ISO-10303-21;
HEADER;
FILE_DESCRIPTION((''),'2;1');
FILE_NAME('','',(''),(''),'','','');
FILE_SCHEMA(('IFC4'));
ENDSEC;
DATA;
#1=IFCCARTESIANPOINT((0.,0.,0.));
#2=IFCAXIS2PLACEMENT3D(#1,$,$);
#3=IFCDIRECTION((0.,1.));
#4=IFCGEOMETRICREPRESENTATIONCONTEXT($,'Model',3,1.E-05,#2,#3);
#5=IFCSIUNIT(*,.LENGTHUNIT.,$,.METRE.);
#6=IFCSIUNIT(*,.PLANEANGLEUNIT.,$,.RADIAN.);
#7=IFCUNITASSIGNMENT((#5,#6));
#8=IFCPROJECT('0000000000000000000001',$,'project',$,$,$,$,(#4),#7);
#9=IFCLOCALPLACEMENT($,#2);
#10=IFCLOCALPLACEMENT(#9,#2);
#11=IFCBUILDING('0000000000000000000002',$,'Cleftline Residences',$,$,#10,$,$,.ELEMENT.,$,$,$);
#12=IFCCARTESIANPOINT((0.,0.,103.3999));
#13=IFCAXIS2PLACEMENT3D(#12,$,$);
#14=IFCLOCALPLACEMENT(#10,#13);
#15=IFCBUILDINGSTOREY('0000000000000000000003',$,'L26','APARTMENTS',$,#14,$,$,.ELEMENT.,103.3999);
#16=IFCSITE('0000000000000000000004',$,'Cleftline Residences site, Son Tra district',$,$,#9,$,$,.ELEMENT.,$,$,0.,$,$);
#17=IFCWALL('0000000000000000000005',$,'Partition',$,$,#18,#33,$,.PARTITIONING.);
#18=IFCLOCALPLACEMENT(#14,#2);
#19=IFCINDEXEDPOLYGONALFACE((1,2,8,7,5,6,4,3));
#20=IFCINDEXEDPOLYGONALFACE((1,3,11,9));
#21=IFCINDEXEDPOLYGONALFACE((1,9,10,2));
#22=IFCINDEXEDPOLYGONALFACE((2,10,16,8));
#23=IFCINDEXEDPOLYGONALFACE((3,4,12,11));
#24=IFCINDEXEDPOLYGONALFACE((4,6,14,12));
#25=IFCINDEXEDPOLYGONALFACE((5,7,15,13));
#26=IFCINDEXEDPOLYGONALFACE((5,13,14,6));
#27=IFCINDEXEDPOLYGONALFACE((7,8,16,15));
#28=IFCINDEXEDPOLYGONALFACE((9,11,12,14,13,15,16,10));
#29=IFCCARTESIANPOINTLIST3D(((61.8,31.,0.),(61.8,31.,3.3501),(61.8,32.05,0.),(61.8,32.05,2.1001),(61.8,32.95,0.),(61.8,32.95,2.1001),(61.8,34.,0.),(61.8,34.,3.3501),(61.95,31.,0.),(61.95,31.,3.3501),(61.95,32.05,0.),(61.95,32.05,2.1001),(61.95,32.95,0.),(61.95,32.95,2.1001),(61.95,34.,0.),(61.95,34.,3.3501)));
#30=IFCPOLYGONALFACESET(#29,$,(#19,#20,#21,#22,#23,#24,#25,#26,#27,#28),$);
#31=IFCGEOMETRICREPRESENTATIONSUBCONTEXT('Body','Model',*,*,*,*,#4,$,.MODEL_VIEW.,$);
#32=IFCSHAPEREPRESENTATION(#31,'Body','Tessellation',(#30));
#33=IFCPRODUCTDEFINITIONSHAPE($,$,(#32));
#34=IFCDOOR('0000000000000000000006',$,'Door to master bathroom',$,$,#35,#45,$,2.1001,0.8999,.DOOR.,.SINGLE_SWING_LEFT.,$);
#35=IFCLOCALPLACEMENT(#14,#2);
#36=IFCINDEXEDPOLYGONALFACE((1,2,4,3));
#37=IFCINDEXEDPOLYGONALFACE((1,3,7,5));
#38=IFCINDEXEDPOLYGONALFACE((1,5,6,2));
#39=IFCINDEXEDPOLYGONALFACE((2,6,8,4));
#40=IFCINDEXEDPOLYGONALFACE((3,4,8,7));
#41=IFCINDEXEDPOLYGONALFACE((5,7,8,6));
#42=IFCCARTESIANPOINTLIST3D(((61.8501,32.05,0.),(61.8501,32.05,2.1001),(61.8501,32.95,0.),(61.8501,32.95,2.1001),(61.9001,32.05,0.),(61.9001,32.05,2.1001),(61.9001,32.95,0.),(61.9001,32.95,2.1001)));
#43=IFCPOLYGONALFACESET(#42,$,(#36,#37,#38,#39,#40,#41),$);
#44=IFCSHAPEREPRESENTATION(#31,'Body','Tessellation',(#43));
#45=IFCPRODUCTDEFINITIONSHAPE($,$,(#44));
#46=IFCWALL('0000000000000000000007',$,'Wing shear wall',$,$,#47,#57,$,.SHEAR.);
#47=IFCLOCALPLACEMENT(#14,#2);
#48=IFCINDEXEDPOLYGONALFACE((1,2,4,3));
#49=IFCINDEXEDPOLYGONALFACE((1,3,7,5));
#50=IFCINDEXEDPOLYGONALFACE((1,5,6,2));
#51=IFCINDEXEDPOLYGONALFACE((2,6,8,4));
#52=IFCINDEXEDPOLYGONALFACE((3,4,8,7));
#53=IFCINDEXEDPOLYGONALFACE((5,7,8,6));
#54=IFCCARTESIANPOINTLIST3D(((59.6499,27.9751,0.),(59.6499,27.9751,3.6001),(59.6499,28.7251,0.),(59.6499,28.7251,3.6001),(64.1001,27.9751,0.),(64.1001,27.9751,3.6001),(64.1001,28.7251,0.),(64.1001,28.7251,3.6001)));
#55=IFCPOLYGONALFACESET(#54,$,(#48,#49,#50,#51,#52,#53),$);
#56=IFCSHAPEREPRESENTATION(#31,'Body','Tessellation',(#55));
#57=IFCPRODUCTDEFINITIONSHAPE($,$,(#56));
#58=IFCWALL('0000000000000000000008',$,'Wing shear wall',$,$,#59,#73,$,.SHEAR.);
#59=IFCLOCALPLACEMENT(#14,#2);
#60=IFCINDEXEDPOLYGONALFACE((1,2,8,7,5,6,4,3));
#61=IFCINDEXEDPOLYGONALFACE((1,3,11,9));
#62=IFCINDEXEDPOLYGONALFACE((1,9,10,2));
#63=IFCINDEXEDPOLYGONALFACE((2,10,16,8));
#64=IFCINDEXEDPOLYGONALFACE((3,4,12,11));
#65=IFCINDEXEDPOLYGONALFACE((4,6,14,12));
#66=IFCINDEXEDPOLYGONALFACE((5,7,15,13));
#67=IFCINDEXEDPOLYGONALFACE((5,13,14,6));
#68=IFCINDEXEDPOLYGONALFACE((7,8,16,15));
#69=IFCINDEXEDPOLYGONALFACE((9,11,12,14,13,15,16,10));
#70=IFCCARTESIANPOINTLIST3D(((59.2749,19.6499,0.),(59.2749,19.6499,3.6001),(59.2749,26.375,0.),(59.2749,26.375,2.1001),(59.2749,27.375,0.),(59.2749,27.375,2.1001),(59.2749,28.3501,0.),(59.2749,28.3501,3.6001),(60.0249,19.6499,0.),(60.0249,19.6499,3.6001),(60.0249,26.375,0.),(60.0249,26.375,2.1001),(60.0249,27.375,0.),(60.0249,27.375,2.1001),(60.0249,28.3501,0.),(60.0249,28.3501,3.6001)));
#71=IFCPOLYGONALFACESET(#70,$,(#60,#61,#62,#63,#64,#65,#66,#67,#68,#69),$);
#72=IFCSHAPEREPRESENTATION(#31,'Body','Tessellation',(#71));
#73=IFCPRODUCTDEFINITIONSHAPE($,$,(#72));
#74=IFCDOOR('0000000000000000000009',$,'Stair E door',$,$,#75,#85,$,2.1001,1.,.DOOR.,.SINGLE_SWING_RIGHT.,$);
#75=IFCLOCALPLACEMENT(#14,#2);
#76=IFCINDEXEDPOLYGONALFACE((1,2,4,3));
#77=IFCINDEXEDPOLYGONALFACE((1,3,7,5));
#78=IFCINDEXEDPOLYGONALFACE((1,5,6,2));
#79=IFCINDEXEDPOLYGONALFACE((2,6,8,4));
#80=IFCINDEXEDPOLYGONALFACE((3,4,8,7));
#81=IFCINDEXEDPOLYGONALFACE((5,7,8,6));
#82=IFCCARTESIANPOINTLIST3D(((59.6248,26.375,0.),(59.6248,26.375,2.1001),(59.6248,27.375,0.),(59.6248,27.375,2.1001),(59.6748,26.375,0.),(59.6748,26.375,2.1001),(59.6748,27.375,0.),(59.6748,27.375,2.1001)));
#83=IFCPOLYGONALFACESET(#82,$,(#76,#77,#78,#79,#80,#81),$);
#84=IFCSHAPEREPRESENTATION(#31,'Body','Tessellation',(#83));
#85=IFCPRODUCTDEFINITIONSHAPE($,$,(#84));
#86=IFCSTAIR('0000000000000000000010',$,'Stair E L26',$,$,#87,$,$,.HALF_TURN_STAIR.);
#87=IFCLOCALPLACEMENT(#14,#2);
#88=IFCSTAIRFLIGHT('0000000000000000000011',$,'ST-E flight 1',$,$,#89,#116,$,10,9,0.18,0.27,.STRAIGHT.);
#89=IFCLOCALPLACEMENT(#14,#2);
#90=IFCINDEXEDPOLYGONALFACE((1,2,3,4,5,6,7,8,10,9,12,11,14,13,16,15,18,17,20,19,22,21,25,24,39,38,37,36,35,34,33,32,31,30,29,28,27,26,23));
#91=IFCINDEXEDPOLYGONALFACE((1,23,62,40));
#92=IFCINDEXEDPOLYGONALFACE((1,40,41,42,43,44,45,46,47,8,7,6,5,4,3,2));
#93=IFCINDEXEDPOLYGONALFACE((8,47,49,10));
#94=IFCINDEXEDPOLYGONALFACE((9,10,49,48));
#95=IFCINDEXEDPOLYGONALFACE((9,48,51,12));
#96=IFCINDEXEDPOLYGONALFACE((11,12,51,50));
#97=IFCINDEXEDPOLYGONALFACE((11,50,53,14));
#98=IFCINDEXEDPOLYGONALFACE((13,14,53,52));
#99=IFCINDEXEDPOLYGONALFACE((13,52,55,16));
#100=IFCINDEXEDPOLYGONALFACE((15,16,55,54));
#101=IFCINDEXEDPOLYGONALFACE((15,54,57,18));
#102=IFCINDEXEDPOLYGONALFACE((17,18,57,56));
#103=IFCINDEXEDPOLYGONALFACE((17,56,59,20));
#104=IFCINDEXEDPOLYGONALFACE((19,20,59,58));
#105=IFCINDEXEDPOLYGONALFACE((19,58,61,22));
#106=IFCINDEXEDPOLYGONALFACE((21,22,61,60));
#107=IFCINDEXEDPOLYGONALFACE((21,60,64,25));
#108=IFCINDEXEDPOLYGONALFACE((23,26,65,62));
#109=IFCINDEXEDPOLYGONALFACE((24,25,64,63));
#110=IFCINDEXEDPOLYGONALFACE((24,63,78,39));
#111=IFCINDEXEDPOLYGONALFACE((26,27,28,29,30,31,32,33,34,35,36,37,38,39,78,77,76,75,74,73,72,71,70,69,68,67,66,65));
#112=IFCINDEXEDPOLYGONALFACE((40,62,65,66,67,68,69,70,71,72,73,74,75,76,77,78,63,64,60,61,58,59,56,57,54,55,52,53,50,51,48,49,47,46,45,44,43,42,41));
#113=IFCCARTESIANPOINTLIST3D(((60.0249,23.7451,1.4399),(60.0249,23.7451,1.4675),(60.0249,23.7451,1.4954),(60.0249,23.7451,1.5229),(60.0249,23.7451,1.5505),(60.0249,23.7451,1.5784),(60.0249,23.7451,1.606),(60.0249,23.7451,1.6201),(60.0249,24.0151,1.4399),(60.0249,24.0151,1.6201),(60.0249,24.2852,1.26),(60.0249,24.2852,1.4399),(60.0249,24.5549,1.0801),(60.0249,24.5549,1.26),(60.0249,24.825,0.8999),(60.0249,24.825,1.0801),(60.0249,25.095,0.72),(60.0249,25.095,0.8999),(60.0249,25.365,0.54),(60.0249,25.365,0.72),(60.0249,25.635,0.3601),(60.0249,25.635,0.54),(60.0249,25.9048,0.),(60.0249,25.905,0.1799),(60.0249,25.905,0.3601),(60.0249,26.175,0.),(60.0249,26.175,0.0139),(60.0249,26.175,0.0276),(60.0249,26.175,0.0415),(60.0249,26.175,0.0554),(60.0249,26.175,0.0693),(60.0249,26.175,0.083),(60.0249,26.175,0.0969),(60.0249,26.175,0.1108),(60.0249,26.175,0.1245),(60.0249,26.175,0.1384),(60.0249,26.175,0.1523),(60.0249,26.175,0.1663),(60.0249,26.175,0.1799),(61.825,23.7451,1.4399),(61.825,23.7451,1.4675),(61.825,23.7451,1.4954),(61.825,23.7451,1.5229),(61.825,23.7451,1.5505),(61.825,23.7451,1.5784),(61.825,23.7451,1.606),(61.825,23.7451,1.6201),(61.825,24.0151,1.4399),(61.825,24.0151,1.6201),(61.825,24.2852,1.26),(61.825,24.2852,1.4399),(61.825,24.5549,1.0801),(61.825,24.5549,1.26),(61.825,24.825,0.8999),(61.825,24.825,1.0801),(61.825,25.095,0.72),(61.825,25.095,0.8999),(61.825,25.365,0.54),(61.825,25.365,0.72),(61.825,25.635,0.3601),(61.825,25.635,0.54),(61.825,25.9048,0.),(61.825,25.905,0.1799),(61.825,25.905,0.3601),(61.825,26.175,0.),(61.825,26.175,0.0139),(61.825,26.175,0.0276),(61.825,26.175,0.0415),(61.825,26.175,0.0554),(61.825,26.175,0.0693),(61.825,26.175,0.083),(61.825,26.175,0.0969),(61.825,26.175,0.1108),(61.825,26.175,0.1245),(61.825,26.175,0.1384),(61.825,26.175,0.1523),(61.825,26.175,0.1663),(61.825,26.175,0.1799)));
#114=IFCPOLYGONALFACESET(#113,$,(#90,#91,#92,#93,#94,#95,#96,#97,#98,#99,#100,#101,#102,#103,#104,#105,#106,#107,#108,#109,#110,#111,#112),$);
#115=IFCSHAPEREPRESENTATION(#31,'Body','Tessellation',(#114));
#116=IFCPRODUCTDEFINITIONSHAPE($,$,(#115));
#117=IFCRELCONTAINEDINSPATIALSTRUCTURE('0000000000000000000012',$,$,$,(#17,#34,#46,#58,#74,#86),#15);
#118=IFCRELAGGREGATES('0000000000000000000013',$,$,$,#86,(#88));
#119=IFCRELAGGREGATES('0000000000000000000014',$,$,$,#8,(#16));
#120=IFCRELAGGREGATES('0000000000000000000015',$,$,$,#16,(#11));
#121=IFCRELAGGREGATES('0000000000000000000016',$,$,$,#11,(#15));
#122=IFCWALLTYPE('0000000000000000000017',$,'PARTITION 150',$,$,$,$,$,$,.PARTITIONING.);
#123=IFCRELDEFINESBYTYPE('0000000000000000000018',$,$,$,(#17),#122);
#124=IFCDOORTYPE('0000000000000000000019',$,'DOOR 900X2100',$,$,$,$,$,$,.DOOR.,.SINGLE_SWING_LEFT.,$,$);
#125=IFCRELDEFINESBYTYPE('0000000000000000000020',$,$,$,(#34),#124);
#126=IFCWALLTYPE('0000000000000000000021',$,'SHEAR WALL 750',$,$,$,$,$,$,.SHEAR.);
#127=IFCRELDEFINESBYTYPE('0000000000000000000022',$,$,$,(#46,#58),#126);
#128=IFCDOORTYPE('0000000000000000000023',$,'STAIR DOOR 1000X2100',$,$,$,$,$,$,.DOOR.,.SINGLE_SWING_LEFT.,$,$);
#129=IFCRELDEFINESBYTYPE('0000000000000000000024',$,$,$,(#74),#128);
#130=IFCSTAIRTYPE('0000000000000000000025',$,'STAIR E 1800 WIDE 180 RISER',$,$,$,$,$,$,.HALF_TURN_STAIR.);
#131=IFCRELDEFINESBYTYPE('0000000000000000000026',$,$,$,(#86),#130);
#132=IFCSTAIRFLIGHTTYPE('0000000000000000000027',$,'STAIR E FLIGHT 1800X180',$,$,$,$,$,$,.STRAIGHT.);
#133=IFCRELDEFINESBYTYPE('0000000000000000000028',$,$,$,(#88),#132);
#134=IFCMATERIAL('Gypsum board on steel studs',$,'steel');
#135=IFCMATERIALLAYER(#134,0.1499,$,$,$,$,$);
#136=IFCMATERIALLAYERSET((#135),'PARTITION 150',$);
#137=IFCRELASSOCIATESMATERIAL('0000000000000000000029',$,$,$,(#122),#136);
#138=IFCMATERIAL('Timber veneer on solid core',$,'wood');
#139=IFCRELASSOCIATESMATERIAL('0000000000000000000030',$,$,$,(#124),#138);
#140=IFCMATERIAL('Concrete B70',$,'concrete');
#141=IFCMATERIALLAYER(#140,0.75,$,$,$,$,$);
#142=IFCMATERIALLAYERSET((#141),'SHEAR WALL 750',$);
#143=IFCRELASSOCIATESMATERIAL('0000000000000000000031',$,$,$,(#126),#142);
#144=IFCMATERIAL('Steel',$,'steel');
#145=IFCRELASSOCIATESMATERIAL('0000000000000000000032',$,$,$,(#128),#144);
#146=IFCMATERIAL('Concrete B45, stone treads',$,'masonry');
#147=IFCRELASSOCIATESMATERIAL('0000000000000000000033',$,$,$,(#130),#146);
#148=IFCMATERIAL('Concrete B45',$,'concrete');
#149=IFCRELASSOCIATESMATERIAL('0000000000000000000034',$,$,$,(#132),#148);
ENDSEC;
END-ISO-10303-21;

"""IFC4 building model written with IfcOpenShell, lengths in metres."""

from ifc_helpers import new_model, si_unit, direction, frame, frame_2d, origin, place, context, subcontext, project, spatial, polyline, rectangle, outline, extrude, material, layer, layer_set, type_object, element, fill, aggregate, save


model = new_model("IFC4")

# Units and contexts
model_context = context("Model", 3, precision=1e-05, world=origin(), true_north=direction((0.0, 1.0)))
body_context = subcontext(model_context, "Body", "Model", "MODEL_VIEW")
ifc_project = project(units=[si_unit("LENGTHUNIT", "METRE"), si_unit("PLANEANGLEUNIT", "RADIAN")], contexts=[model_context])

# Site, building, storey
site_placement = place(None, origin())
site = spatial("IfcSite", under=ifc_project, at=site_placement, Name="Cleftline Residences site, Son Tra district", CompositionType="ELEMENT", RefElevation=0.0)
building_placement = place(site_placement, origin())
building = spatial("IfcBuilding", under=site, at=building_placement, Name="Cleftline Residences", CompositionType="ELEMENT")
storey_placement = place(building_placement, frame((0.0, 0.0, 103.3999)))
storey = spatial("IfcBuildingStorey", under=building, at=storey_placement, Name="L26", Description="APARTMENTS", CompositionType="ELEMENT", Elevation=103.3999)

# Shared definitions
ifc_material_1 = material(Name="Gypsum board on steel studs", Category="steel")
ifc_layer_1 = layer(ifc_material_1, 0.1499)
ifc_layer_set_1 = layer_set([ifc_layer_1], Name="PARTITION 150")
wall_type_1 = type_object("IfcWallType", Name="PARTITION 150", PredefinedType="PARTITIONING", material=ifc_layer_set_1)
ifc_material_2 = material(Name="Timber veneer on solid core", Category="wood")
door_type_1 = type_object("IfcDoorType", Name="DOOR 900X2100", OperationType="SINGLE_SWING_LEFT", PredefinedType="DOOR", material=ifc_material_2)

# Wall, opening, door
wall_1_placement = place(storey_placement, frame((61.875, 31.0, 0.0), z_axis=(0.0, 0.0, 1.0), x_axis=(0.0, 1.0, 0.0)))
wall_1 = element("IfcWall", 1, at=wall_1_placement, inside=storey, type_object=wall_type_1, Name="Partition", PredefinedType="PARTITIONING", context=body_context, shape_type="SweptSolid", body=[
    extrude(rectangle(XDim=3.0, YDim=0.1499, at=frame_2d((1.5, 0.0))), origin(), (0.0, 0.0, 1.0), 3.3501),
])
opening_1_placement = place(wall_1_placement, frame((1.05, 0.0, 0.0)))
opening_1 = element("IfcOpeningElement", 2, at=opening_1_placement, cuts=wall_1, PredefinedType="OPENING", context=body_context, shape_type="SweptSolid", body=[
    extrude(rectangle(XDim=0.8999, YDim=2.1001, at=frame_2d((0.45, 1.05))), frame((0.0, 0.085, 0.0), z_axis=(0.0, -1.0, 0.0), x_axis=(1.0, 0.0, 0.0)), (0.0, 0.0, 1.0), 0.1699),
])
door_1_placement = place(opening_1_placement, origin())
door_1 = element("IfcDoor", 3, at=door_1_placement, inside=storey, type_object=door_type_1, Name="Door to master bathroom", OperationType="SINGLE_SWING_LEFT", OverallHeight=2.1001, OverallWidth=0.8999, PredefinedType="DOOR", context=body_context, shape_type="SweptSolid", body=[
    extrude(rectangle(XDim=0.8999, YDim=2.1001, at=frame_2d((0.45, 1.05))), frame((0.0, 0.0249, 0.0), z_axis=(0.0, -1.0, 0.0), x_axis=(1.0, 0.0, 0.0)), (0.0, 0.0, 1.0), 0.05),
])
fill(opening_1, door_1)

# Wall
ifc_material_3 = material(Name="Concrete B70", Category="concrete")
ifc_layer_2 = layer(ifc_material_3, 0.75)
ifc_layer_set_2 = layer_set([ifc_layer_2], Name="SHEAR WALL 750")
wall_type_2 = type_object("IfcWallType", Name="SHEAR WALL 750", PredefinedType="SHEAR", material=ifc_layer_set_2)
wall_2_placement = place(storey_placement, frame((64.1001, 28.3501, 0.0), z_axis=(0.0, 0.0, 1.0), x_axis=(-1.0, 0.0, 0.0)))
element("IfcWall", 4, at=wall_2_placement, inside=storey, type_object=wall_type_2, Name="Wing shear wall", PredefinedType="SHEAR", context=body_context, shape_type="SweptSolid", body=[
    extrude(rectangle(XDim=4.4502, YDim=0.75, at=frame_2d((2.2251, 0.0))), origin(), (0.0, 0.0, 1.0), 3.6001),
])

# Wall, opening, door
wall_3_placement = place(storey_placement, frame((59.6499, 28.3501, 0.0), z_axis=(0.0, 0.0, 1.0), x_axis=(0.0, -1.0, 0.0)))
wall_3 = element("IfcWall", 5, at=wall_3_placement, inside=storey, type_object=wall_type_2, Name="Wing shear wall", PredefinedType="SHEAR", context=body_context, shape_type="SweptSolid", body=[
    extrude(rectangle(XDim=8.7002, YDim=0.75, at=frame_2d((4.3501, 0.0))), origin(), (0.0, 0.0, 1.0), 3.6001),
])
opening_2_placement = place(wall_3_placement, frame((0.9751, 0.0, 0.0)))
opening_2 = element("IfcOpeningElement", 6, at=opening_2_placement, cuts=wall_3, PredefinedType="OPENING", context=body_context, shape_type="SweptSolid", body=[
    extrude(rectangle(XDim=1.0, YDim=2.1001, at=frame_2d((0.5, 1.05))), frame((0.0, 0.385, 0.0), z_axis=(0.0, -1.0, 0.0), x_axis=(1.0, 0.0, 0.0)), (0.0, 0.0, 1.0), 0.77),
])
ifc_material_4 = material(Name="Steel", Category="steel")
door_type_2 = type_object("IfcDoorType", Name="STAIR DOOR 1000X2100", OperationType="SINGLE_SWING_LEFT", PredefinedType="DOOR", material=ifc_material_4)
door_2_placement = place(opening_2_placement, origin())
door_2 = element("IfcDoor", 7, at=door_2_placement, inside=storey, type_object=door_type_2, Name="Stair E door", OperationType="SINGLE_SWING_RIGHT", OverallHeight=2.1001, OverallWidth=1.0, PredefinedType="DOOR", context=body_context, shape_type="SweptSolid", body=[
    extrude(rectangle(XDim=1.0, YDim=2.1001, at=frame_2d((0.5, 1.05))), frame((0.0, 0.0249, 0.0), z_axis=(0.0, -1.0, 0.0), x_axis=(1.0, 0.0, 0.0)), (0.0, 0.0, 1.0), 0.05),
])
fill(opening_2, door_2)

# Stair, stair flight
ifc_material_5 = material(Name="Concrete B45, stone treads", Category="masonry")
stair_type = type_object("IfcStairType", Name="STAIR E 1800 WIDE 180 RISER", PredefinedType="HALF_TURN_STAIR", material=ifc_material_5)
stair_placement = place(storey_placement, origin())
stair = element("IfcStair", 8, at=stair_placement, inside=storey, type_object=stair_type, Name="Stair E L26", PredefinedType="HALF_TURN_STAIR")
ifc_material_6 = material(Name="Concrete B45", Category="concrete")
stair_flight_type = type_object("IfcStairFlightType", Name="STAIR E FLIGHT 1800X180", PredefinedType="STRAIGHT", material=ifc_material_6)
stair_flight_placement = place(storey_placement, frame((60.925, 26.175, 0.0), z_axis=(0.0, 0.0, 1.0), x_axis=(0.0, -1.0, 0.0)))
stair_flight = element("IfcStairFlight", 9, at=stair_flight_placement, type_object=stair_flight_type, Name="ST-E flight 1", NumberOfRisers=10, NumberOfTreads=9, PredefinedType="STRAIGHT", RiserHeight=0.18, TreadLength=0.27, context=body_context, shape_type="SweptSolid", body=[
    extrude(outline(polyline([(0.0, 0.0), (0.0, 0.0139), (0.0, 0.0276), (0.0, 0.0415), (0.0, 0.0554), (0.0, 0.0693), (0.0, 0.083), (0.0, 0.0969), (0.0, 0.1108), (0.0, 0.1245), (0.0, 0.1384), (0.0, 0.1523), (0.0, 0.1663), (0.0, 0.1799), (0.27, 0.1799), (0.27, 0.3601), (0.54, 0.3601), (0.54, 0.54), (0.8101, 0.54), (0.8101, 0.72), (1.0801, 0.72), (1.0801, 0.8999), (1.3501, 0.8999), (1.3501, 1.0801), (1.6201, 1.0801), (1.6201, 1.26), (1.8899, 1.26), (1.8899, 1.4399), (2.1599, 1.4399), (2.1599, 1.6201), (2.4299, 1.6201), (2.4299, 1.8), (2.4299, 1.7722), (2.4299, 1.7446), (2.4299, 1.7168), (2.4299, 1.6892), (2.4299, 1.6614), (2.4299, 1.6338), (2.4299, 1.606), (2.4299, 1.5784), (2.4299, 1.5505), (2.4299, 1.5229), (2.4299, 1.4954), (2.4299, 1.4675), (2.4299, 1.4399), (0.2703, 0.0), (0.0, 0.0)])), frame((0.0, 0.8999, 0.0), z_axis=(0.0, -1.0, 0.0), x_axis=(1.0, 0.0, 0.0)), (0.0, 0.0, 1.0), 1.8),
])
aggregate(stair, [stair_flight])

save(model, "model.ifc")
